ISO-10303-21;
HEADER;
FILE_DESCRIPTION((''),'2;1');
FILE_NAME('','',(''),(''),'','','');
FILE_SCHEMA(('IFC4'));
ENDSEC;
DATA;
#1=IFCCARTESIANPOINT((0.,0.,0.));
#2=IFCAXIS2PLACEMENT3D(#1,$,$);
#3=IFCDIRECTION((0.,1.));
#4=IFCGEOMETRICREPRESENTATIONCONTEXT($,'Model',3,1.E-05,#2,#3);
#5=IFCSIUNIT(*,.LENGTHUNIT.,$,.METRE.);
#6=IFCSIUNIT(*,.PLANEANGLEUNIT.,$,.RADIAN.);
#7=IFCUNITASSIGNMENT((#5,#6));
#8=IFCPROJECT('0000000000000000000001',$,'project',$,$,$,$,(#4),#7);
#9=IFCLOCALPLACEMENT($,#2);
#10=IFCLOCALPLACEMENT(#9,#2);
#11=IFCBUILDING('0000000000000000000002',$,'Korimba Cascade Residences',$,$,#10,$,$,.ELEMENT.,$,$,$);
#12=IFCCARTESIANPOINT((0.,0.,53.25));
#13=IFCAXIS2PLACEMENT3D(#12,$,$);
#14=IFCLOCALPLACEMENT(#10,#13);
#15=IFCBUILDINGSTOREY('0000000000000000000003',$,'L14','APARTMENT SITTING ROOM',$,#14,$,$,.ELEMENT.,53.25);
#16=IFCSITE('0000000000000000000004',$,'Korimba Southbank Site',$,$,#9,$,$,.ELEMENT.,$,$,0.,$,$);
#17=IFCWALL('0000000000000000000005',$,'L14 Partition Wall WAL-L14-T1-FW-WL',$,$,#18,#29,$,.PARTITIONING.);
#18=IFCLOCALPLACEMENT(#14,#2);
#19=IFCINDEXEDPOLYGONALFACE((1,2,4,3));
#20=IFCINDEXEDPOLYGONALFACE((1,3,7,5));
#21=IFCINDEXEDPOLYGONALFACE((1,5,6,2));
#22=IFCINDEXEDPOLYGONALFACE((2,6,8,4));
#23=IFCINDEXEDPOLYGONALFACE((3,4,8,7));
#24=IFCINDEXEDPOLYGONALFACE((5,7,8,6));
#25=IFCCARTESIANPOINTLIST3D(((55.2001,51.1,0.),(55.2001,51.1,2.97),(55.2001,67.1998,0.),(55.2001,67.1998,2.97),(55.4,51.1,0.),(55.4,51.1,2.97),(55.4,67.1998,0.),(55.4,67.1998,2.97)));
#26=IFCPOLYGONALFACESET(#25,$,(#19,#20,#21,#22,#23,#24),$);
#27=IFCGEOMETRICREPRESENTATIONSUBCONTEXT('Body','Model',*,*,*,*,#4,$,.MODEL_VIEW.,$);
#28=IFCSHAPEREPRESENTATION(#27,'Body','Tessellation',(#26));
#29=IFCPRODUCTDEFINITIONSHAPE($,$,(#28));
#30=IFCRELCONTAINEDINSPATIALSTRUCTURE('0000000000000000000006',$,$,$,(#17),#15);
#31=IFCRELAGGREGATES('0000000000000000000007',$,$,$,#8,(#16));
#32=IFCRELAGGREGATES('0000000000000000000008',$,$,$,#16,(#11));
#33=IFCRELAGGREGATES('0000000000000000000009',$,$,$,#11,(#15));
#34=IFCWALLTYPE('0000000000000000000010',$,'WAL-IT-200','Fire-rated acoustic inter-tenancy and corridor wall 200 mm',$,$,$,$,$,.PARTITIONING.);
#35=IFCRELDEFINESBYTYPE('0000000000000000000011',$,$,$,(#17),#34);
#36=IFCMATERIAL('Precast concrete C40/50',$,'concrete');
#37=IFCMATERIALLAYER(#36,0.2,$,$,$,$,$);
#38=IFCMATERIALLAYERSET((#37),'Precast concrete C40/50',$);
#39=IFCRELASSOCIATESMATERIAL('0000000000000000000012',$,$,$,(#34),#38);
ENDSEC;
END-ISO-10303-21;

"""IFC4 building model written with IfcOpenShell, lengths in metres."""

from ifc_helpers import new_model, si_unit, direction, frame, frame_2d, origin, place, context, subcontext, project, spatial, rectangle, extrude, material, layer, layer_set, type_object, element, save


model = new_model("IFC4")

# Units and contexts
model_context = context("Model", 3, precision=1e-05, world=origin(), true_north=direction((0.0, 1.0)))
body_context = subcontext(model_context, "Body", "Model", "MODEL_VIEW")
ifc_project = project(units=[si_unit("LENGTHUNIT", "METRE"), si_unit("PLANEANGLEUNIT", "RADIAN")], contexts=[model_context])

# Site, building, storey
site_placement = place(None, origin())
site = spatial("IfcSite", under=ifc_project, at=site_placement, Name="Korimba Southbank Site", CompositionType="ELEMENT", RefElevation=0.0)
building_placement = place(site_placement, origin())
building = spatial("IfcBuilding", under=site, at=building_placement, Name="Korimba Cascade Residences", CompositionType="ELEMENT")
storey_placement = place(building_placement, frame((0.0, 0.0, 53.25)))
storey = spatial("IfcBuildingStorey", under=building, at=storey_placement, Name="L14", Description="APARTMENT SITTING ROOM", CompositionType="ELEMENT", Elevation=53.25)

# Shared definitions
ifc_material_1 = material(Name="Precast concrete C40/50", Category="concrete")

# Wall
ifc_layer_1 = layer(ifc_material_1, 0.2)
ifc_layer_set_1 = layer_set([ifc_layer_1], Name="Precast concrete C40/50")
wall_type_1 = type_object("IfcWallType", Name="WAL-IT-200", Description="Fire-rated acoustic inter-tenancy and corridor wall 200 mm", PredefinedType="PARTITIONING", material=ifc_layer_set_1)
wall_1_placement = place(storey_placement, frame((55.3, 51.1001, 0.0), z_axis=(0.0, 0.0, 1.0), x_axis=(0.0, 1.0, 0.0)))
element("IfcWall", 1, at=wall_1_placement, inside=storey, type_object=wall_type_1, Name="L14 Partition Wall WAL-L14-T1-FW-WL", PredefinedType="PARTITIONING", context=body_context, shape_type="SweptSolid", body=[
    extrude(rectangle(XDim=16.0999, YDim=0.2, at=frame_2d((8.0498, 0.0))), origin(), (0.0, 0.0, 1.0), 2.97),
])

save(model, "model.ifc")
